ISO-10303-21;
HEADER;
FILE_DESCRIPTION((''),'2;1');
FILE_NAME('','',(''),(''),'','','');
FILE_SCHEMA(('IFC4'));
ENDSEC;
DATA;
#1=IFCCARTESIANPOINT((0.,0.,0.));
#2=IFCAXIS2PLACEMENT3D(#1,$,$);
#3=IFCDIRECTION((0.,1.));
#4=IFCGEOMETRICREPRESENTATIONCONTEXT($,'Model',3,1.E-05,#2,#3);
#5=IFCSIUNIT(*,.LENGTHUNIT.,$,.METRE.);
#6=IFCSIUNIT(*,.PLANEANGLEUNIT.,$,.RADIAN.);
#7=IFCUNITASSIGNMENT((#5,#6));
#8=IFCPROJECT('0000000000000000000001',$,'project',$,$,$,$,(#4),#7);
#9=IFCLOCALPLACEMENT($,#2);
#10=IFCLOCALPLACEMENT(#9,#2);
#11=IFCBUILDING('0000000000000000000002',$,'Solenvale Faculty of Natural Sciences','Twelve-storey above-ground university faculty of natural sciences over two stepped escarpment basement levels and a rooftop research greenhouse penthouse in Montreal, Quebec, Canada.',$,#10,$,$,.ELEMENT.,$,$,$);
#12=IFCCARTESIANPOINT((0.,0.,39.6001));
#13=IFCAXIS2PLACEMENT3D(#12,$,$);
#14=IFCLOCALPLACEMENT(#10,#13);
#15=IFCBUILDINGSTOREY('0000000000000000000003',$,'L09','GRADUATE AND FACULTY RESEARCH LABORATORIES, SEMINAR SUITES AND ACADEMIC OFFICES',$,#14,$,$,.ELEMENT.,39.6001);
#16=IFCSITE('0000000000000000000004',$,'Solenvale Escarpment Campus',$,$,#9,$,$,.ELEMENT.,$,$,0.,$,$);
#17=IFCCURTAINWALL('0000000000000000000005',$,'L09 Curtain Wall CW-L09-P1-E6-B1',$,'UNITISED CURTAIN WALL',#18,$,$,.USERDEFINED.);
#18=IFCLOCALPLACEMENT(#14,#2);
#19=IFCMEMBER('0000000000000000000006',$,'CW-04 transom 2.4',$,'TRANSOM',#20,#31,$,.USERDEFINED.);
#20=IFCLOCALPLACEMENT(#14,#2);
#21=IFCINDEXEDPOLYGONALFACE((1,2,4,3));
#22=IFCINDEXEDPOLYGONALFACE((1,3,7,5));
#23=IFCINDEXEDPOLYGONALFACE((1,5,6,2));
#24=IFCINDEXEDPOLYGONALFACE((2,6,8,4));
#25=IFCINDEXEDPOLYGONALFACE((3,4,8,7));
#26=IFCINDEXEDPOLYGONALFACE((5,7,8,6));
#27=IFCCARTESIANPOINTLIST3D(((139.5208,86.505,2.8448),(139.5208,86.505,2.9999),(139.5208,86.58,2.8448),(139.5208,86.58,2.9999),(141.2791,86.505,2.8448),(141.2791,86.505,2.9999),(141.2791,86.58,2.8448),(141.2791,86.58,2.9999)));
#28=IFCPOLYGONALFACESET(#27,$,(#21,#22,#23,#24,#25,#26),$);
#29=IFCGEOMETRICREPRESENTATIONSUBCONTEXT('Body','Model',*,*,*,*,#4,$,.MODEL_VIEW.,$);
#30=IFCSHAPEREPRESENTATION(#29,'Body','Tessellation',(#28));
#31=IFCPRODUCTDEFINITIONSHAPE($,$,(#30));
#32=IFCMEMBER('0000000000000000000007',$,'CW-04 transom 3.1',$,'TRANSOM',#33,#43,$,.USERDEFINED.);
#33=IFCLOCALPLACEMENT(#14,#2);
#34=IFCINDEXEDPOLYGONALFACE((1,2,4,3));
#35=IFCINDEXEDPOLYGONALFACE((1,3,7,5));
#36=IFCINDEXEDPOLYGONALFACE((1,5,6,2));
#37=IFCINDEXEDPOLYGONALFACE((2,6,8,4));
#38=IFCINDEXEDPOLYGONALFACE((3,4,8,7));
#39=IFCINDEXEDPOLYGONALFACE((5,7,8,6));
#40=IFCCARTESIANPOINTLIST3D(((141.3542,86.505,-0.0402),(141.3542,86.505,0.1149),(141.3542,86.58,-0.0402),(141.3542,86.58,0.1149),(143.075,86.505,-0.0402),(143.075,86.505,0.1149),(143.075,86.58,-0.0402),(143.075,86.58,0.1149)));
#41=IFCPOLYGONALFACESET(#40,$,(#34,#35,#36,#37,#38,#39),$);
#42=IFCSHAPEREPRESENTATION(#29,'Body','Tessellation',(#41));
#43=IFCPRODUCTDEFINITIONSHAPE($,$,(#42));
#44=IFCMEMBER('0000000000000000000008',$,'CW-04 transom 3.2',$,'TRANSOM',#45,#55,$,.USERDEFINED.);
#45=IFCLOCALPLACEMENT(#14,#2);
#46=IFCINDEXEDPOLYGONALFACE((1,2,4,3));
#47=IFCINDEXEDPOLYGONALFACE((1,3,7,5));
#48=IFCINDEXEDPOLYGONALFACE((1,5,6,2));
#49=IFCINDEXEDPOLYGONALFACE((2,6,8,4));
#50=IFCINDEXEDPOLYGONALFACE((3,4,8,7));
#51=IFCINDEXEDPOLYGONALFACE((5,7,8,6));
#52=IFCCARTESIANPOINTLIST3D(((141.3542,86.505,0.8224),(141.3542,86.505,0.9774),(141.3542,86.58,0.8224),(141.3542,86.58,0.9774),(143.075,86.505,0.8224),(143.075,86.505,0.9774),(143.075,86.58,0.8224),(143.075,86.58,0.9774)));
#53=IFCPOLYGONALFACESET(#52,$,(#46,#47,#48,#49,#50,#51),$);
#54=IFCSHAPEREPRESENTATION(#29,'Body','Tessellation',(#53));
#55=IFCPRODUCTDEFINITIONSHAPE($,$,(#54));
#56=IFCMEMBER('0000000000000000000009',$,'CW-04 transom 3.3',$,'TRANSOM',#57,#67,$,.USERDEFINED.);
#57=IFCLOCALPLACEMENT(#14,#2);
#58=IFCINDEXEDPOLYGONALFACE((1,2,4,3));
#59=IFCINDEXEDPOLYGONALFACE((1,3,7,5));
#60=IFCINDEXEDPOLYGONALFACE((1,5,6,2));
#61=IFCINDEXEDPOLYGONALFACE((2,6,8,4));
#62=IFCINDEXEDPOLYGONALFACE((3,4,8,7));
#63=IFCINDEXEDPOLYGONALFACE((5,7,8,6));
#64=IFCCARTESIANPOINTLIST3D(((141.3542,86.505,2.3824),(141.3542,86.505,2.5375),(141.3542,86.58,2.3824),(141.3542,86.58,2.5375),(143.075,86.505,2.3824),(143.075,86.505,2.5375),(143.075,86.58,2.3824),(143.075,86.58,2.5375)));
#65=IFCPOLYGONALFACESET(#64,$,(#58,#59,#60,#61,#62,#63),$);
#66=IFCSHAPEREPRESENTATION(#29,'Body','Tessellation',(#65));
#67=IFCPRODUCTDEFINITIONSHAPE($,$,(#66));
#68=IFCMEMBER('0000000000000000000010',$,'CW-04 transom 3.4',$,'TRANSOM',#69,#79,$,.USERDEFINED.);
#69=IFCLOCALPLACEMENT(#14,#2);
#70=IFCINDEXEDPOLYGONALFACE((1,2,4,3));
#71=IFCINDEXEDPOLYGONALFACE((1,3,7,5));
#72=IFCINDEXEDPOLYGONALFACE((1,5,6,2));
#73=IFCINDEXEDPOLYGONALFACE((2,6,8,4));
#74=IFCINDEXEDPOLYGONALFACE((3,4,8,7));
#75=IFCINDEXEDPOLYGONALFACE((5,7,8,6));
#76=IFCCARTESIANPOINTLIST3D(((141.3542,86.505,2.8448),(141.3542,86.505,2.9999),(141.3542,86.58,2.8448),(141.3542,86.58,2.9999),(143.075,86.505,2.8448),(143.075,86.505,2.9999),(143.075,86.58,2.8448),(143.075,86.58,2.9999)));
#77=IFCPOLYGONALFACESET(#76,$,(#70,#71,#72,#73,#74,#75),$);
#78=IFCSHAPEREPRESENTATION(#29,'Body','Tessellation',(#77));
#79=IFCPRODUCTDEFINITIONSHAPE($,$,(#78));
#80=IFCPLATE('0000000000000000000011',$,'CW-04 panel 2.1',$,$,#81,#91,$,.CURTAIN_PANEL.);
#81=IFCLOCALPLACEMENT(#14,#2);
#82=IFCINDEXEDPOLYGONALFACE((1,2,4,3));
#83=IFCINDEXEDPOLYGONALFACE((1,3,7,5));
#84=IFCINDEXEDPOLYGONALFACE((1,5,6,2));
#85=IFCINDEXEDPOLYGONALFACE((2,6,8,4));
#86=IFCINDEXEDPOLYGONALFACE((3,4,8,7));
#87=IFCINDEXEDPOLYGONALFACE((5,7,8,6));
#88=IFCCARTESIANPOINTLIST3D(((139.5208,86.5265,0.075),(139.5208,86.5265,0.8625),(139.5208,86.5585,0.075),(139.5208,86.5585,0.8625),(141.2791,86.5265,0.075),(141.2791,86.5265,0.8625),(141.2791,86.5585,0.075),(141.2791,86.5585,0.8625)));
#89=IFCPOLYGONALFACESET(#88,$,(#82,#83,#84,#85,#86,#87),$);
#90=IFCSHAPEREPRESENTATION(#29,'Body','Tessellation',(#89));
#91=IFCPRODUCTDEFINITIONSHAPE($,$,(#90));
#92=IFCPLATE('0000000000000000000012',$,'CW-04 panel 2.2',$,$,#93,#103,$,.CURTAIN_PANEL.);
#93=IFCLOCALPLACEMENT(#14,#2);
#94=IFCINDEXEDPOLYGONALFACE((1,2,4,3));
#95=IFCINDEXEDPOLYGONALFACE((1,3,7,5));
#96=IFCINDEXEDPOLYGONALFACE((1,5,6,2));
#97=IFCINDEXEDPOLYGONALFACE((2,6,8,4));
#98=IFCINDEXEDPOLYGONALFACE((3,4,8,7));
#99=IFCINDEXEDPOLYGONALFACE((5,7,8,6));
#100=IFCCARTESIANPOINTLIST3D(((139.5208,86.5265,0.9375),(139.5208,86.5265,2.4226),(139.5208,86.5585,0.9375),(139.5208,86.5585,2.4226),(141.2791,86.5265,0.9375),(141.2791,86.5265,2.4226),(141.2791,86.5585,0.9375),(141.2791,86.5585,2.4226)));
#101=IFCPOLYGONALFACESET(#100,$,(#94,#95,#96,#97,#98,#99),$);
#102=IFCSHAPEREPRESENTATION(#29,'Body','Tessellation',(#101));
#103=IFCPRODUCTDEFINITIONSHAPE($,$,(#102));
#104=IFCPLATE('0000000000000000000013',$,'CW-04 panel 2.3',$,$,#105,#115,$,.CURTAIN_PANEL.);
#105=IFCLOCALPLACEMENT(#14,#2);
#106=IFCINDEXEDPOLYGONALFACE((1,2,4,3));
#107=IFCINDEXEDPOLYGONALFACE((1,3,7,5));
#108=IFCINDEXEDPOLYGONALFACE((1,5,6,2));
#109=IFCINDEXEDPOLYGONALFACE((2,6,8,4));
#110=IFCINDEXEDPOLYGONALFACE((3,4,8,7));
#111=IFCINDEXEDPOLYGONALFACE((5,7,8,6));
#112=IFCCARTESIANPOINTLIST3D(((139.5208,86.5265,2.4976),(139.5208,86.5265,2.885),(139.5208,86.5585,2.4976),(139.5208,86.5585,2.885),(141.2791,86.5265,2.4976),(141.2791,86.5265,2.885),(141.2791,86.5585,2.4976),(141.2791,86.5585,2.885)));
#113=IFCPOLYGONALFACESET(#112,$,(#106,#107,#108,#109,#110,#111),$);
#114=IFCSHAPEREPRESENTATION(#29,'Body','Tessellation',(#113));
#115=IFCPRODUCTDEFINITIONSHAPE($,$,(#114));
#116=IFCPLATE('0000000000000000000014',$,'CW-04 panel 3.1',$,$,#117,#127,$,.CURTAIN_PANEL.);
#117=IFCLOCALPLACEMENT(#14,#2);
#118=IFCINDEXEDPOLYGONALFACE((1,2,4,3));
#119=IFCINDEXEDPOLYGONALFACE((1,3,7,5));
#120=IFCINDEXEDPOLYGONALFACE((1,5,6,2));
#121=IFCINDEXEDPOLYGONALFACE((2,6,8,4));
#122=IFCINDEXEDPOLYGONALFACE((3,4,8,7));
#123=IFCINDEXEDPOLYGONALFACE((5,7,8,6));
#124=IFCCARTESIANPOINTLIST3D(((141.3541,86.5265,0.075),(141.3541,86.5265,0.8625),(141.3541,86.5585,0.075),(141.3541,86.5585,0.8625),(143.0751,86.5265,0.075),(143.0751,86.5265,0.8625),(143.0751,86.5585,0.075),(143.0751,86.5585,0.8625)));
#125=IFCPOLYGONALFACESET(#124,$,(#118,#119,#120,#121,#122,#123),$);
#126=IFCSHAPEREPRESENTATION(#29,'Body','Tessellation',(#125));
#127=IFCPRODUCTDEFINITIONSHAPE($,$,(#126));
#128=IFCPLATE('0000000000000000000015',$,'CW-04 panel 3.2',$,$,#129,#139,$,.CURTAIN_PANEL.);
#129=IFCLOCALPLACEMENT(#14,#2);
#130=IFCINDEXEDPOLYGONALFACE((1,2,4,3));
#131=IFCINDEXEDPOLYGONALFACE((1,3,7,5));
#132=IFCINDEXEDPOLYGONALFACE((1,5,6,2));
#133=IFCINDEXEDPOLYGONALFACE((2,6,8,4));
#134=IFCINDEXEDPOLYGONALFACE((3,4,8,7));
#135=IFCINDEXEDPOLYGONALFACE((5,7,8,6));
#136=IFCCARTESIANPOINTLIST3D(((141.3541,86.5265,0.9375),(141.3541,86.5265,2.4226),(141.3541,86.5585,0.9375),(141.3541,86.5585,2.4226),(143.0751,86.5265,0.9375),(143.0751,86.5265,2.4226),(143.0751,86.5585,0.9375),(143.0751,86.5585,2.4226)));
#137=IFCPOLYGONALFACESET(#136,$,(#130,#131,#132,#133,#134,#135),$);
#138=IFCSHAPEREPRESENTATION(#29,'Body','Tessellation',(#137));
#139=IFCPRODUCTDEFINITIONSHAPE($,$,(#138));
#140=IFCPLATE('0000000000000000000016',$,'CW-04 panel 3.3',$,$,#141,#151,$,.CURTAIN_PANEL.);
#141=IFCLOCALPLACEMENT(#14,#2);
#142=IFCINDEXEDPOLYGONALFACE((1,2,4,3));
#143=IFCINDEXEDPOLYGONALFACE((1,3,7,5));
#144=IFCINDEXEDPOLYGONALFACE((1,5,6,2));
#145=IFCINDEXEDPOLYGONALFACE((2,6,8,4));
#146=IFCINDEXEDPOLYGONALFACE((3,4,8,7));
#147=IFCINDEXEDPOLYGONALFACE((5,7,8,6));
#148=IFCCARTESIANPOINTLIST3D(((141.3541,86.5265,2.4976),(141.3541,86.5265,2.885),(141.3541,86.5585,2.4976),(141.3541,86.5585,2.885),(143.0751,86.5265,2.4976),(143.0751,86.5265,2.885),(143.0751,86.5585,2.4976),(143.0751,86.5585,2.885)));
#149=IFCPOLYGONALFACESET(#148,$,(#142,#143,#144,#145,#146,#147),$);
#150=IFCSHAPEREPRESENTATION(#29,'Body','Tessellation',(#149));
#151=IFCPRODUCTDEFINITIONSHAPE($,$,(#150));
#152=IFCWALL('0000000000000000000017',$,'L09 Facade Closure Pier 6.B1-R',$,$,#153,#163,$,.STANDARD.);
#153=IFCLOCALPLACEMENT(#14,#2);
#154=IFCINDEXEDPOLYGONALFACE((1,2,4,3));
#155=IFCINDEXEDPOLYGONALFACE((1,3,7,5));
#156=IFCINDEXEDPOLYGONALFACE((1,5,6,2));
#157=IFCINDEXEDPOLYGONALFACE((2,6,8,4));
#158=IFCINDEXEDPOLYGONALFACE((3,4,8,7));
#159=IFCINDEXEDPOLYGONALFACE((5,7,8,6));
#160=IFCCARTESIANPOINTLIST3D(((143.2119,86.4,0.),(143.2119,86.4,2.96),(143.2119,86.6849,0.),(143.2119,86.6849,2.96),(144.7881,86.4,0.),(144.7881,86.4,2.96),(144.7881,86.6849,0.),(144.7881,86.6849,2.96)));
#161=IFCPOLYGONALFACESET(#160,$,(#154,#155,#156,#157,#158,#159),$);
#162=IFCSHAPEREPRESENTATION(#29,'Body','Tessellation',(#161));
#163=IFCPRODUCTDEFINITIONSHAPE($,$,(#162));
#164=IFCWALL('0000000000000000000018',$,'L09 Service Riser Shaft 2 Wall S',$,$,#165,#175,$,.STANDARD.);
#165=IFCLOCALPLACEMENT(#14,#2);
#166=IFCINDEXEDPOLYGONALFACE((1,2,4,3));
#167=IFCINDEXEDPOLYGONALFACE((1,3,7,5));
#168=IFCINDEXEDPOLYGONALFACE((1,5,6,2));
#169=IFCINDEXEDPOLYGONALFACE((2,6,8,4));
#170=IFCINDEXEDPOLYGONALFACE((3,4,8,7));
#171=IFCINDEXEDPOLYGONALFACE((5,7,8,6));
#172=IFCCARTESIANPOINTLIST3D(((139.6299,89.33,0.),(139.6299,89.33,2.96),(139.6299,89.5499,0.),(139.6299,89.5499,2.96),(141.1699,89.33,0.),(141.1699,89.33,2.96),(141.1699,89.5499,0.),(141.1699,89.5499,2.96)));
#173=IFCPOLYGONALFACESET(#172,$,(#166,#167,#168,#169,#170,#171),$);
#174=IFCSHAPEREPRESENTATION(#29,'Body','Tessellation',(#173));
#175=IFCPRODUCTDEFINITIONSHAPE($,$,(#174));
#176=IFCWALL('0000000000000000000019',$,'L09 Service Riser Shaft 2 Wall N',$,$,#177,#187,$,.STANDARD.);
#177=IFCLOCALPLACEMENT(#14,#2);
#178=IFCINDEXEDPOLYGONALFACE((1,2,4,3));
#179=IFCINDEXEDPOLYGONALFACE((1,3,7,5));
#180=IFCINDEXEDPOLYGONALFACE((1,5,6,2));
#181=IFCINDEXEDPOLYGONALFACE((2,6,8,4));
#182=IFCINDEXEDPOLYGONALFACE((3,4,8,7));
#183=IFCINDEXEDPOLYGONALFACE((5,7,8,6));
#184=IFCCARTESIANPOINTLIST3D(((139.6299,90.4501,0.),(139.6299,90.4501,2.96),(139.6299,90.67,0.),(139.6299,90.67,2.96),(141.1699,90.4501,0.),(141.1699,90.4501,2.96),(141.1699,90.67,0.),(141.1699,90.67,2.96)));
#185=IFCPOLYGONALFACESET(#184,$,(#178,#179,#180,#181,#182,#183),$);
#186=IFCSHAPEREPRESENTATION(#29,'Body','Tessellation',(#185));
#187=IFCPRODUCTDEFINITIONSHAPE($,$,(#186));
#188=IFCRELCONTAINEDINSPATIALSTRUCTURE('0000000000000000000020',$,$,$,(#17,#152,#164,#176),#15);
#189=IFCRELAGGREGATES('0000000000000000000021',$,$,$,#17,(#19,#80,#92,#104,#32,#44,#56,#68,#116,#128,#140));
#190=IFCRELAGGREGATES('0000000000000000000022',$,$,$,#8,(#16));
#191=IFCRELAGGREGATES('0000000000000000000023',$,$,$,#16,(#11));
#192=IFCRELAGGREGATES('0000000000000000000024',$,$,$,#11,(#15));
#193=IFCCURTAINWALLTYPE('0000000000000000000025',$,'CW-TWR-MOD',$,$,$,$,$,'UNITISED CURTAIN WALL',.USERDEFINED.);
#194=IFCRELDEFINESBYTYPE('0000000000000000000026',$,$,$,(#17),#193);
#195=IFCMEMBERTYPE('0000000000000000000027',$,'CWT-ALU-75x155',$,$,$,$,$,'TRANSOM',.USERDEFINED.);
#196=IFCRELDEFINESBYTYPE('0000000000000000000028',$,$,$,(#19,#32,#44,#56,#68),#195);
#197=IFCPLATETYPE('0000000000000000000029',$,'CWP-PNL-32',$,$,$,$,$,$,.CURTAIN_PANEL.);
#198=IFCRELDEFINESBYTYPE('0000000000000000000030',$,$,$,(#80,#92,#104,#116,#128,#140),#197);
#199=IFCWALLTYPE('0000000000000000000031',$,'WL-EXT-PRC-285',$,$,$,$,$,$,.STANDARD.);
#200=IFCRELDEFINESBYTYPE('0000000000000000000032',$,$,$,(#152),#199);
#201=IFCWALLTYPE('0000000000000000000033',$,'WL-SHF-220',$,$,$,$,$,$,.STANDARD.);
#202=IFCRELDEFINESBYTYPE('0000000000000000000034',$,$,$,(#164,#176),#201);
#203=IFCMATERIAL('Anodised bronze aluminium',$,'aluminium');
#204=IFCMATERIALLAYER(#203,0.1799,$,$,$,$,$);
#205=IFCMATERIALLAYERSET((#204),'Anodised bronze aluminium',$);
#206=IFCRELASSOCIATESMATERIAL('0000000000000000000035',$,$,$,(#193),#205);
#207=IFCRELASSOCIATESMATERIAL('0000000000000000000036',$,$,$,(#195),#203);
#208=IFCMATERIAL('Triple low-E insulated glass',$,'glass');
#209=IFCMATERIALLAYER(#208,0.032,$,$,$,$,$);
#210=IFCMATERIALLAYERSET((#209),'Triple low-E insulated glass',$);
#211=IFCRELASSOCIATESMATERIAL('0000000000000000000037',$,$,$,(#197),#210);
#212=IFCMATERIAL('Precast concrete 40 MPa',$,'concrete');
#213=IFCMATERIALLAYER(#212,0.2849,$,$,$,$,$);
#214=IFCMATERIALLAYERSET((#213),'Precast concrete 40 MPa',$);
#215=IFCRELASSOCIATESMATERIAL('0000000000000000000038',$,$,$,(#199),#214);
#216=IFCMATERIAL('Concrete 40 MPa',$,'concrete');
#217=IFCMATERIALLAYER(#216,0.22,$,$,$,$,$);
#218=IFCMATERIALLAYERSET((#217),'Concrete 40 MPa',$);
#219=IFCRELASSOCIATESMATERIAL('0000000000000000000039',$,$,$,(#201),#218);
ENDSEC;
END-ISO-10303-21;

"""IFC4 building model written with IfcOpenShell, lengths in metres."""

from ifc_helpers import new_model, si_unit, direction, frame, frame_2d, origin, origin_2d, place, context, subcontext, project, spatial, rectangle, extrude, material, layer, layer_set, material_profile, profile_set, type_object, element, aggregate, save


model = new_model("IFC4")

# Units and contexts
model_context = context("Model", 3, precision=1e-05, world=origin(), true_north=direction((0.0, 1.0)))
body_context = subcontext(model_context, "Body", "Model", "MODEL_VIEW")
ifc_project = project(units=[si_unit("LENGTHUNIT", "METRE"), si_unit("PLANEANGLEUNIT", "RADIAN")], contexts=[model_context])

# Site, building, storey
site_placement = place(None, origin())
site = spatial("IfcSite", under=ifc_project, at=site_placement, Name="Solenvale Escarpment Campus", CompositionType="ELEMENT", RefElevation=0.0)
building_placement = place(site_placement, origin())
building = spatial("IfcBuilding", under=site, at=building_placement, Name="Solenvale Faculty of Natural Sciences", Description="Twelve-storey above-ground university faculty of natural sciences over two stepped escarpment basement levels and a rooftop research greenhouse penthouse in Montreal, Quebec, Canada.", CompositionType="ELEMENT")
storey_placement = place(building_placement, frame((0.0, 0.0, 39.6001)))
storey = spatial("IfcBuildingStorey", under=building, at=storey_placement, Name="L09", Description="GRADUATE AND FACULTY RESEARCH LABORATORIES, SEMINAR SUITES AND ACADEMIC OFFICES", CompositionType="ELEMENT", Elevation=39.6001)

# Shared definitions
ifc_material_1 = material(Name="Concrete 40 MPa", Category="concrete")

# Curtain wall, members, plates
ifc_material_2 = material(Name="Anodised bronze aluminium", Category="aluminium")
ifc_layer_1 = layer(ifc_material_2, 0.1799)
ifc_layer_set_1 = layer_set([ifc_layer_1], Name="Anodised bronze aluminium")
curtain_wall_type = type_object("IfcCurtainWallType", Name="CW-TWR-MOD", ElementType="UNITISED CURTAIN WALL", PredefinedType="USERDEFINED", material=ifc_layer_set_1)
curtain_wall_placement = place(storey_placement, origin())
curtain_wall = element("IfcCurtainWall", 1, at=curtain_wall_placement, inside=storey, type_object=curtain_wall_type, Name="L09 Curtain Wall CW-L09-P1-E6-B1", ObjectType="UNITISED CURTAIN WALL", PredefinedType="USERDEFINED")
ifc_material_profile_1 = material_profile(ifc_material_2, rectangle(XDim=0.075, YDim=0.155, at=origin_2d()), Name="ALU-TRN-75x155")
ifc_profile_set_1 = profile_set([ifc_material_profile_1], Name="Anodised bronze aluminium")
member_type_1 = type_object("IfcMemberType", Name="CWT-ALU-75x155", ElementType="TRANSOM", PredefinedType="USERDEFINED", material=ifc_profile_set_1)
member_1_placement = place(storey_placement, frame((139.5208, 86.5425, 2.9224), z_axis=(1.0, 0.0, 0.0), x_axis=(0.0, 1.0, 0.0)))
member_1 = element("IfcMember", 2, at=member_1_placement, type_object=member_type_1, Name="CW-04 transom 2.4", ObjectType="TRANSOM", PredefinedType="USERDEFINED", context=body_context, shape_type="SweptSolid", body=[
    extrude(rectangle(XDim=0.075, YDim=0.155, at=origin_2d()), origin(), (0.0, 0.0, 1.0), 1.7583),
])
member_2_placement = place(storey_placement, frame((141.3542, 86.5425, 0.0374), z_axis=(1.0, 0.0, 0.0), x_axis=(0.0, 1.0, 0.0)))
member_2 = element("IfcMember", 3, at=member_2_placement, type_object=member_type_1, Name="CW-04 transom 3.1", ObjectType="TRANSOM", PredefinedType="USERDEFINED", context=body_context, shape_type="SweptSolid", body=[
    extrude(rectangle(XDim=0.075, YDim=0.155, at=origin_2d()), origin(), (0.0, 0.0, 1.0), 1.7207),
])
member_3_placement = place(storey_placement, frame((141.3542, 86.5425, 0.8999), z_axis=(1.0, 0.0, 0.0), x_axis=(0.0, 1.0, 0.0)))
member_3 = element("IfcMember", 4, at=member_3_placement, type_object=member_type_1, Name="CW-04 transom 3.2", ObjectType="TRANSOM", PredefinedType="USERDEFINED", context=body_context, shape_type="SweptSolid", body=[
    extrude(rectangle(XDim=0.075, YDim=0.155, at=origin_2d()), origin(), (0.0, 0.0, 1.0), 1.7207),
])
member_4_placement = place(storey_placement, frame((141.3542, 86.5425, 2.46), z_axis=(1.0, 0.0, 0.0), x_axis=(0.0, 1.0, 0.0)))
member_4 = element("IfcMember", 5, at=member_4_placement, type_object=member_type_1, Name="CW-04 transom 3.3", ObjectType="TRANSOM", PredefinedType="USERDEFINED", context=body_context, shape_type="SweptSolid", body=[
    extrude(rectangle(XDim=0.075, YDim=0.155, at=origin_2d()), origin(), (0.0, 0.0, 1.0), 1.7207),
])
member_5_placement = place(storey_placement, frame((141.3542, 86.5425, 2.9224), z_axis=(1.0, 0.0, 0.0), x_axis=(0.0, 1.0, 0.0)))
member_5 = element("IfcMember", 6, at=member_5_placement, type_object=member_type_1, Name="CW-04 transom 3.4", ObjectType="TRANSOM", PredefinedType="USERDEFINED", context=body_context, shape_type="SweptSolid", body=[
    extrude(rectangle(XDim=0.075, YDim=0.155, at=origin_2d()), origin(), (0.0, 0.0, 1.0), 1.7207),
])
ifc_material_3 = material(Name="Triple low-E insulated glass", Category="glass")
ifc_layer_2 = layer(ifc_material_3, 0.032)
ifc_layer_set_2 = layer_set([ifc_layer_2], Name="Triple low-E insulated glass")
plate_type = type_object("IfcPlateType", Name="CWP-PNL-32", PredefinedType="CURTAIN_PANEL", material=ifc_layer_set_2)
plate_1_placement = place(storey_placement, frame((140.3999, 86.5425, 0.075), z_axis=(0.0, 0.0, 1.0), x_axis=(1.0, 0.0, 0.0)))
plate_1 = element("IfcPlate", 7, at=plate_1_placement, type_object=plate_type, Name="CW-04 panel 2.1", PredefinedType="CURTAIN_PANEL", context=body_context, shape_type="SweptSolid", body=[
    extrude(rectangle(XDim=1.7583, YDim=0.032, at=origin_2d()), origin(), (0.0, 0.0, 1.0), 0.7876),
])
plate_2_placement = place(storey_placement, frame((140.3999, 86.5425, 0.9375), z_axis=(0.0, 0.0, 1.0), x_axis=(1.0, 0.0, 0.0)))
plate_2 = element("IfcPlate", 8, at=plate_2_placement, type_object=plate_type, Name="CW-04 panel 2.2", PredefinedType="CURTAIN_PANEL", context=body_context, shape_type="SweptSolid", body=[
    extrude(rectangle(XDim=1.7583, YDim=0.032, at=origin_2d()), origin(), (0.0, 0.0, 1.0), 1.4851),
])
plate_3_placement = place(storey_placement, frame((140.3999, 86.5425, 2.4976), z_axis=(0.0, 0.0, 1.0), x_axis=(1.0, 0.0, 0.0)))
plate_3 = element("IfcPlate", 9, at=plate_3_placement, type_object=plate_type, Name="CW-04 panel 2.3", PredefinedType="CURTAIN_PANEL", context=body_context, shape_type="SweptSolid", body=[
    extrude(rectangle(XDim=1.7583, YDim=0.032, at=origin_2d()), origin(), (0.0, 0.0, 1.0), 0.3875),
])
plate_4_placement = place(storey_placement, frame((142.2146, 86.5425, 0.075), z_axis=(0.0, 0.0, 1.0), x_axis=(1.0, 0.0, 0.0)))
plate_4 = element("IfcPlate", 10, at=plate_4_placement, type_object=plate_type, Name="CW-04 panel 3.1", PredefinedType="CURTAIN_PANEL", context=body_context, shape_type="SweptSolid", body=[
    extrude(rectangle(XDim=1.7209, YDim=0.032, at=origin_2d()), origin(), (0.0, 0.0, 1.0), 0.7876),
])
plate_5_placement = place(storey_placement, frame((142.2146, 86.5425, 0.9375), z_axis=(0.0, 0.0, 1.0), x_axis=(1.0, 0.0, 0.0)))
plate_5 = element("IfcPlate", 11, at=plate_5_placement, type_object=plate_type, Name="CW-04 panel 3.2", PredefinedType="CURTAIN_PANEL", context=body_context, shape_type="SweptSolid", body=[
    extrude(rectangle(XDim=1.7209, YDim=0.032, at=origin_2d()), origin(), (0.0, 0.0, 1.0), 1.4851),
])
plate_6_placement = place(storey_placement, frame((142.2146, 86.5425, 2.4976), z_axis=(0.0, 0.0, 1.0), x_axis=(1.0, 0.0, 0.0)))
plate_6 = element("IfcPlate", 12, at=plate_6_placement, type_object=plate_type, Name="CW-04 panel 3.3", PredefinedType="CURTAIN_PANEL", context=body_context, shape_type="SweptSolid", body=[
    extrude(rectangle(XDim=1.7209, YDim=0.032, at=origin_2d()), origin(), (0.0, 0.0, 1.0), 0.3875),
])
aggregate(curtain_wall, [member_1, plate_1, plate_2, plate_3, member_2, member_3, member_4, member_5, plate_4, plate_5, plate_6])

# Walls
ifc_material_4 = material(Name="Precast concrete 40 MPa", Category="concrete")
ifc_layer_3 = layer(ifc_material_4, 0.2849)
ifc_layer_set_3 = layer_set([ifc_layer_3], Name="Precast concrete 40 MPa")
wall_type_1 = type_object("IfcWallType", Name="WL-EXT-PRC-285", PredefinedType="STANDARD", material=ifc_layer_set_3)
wall_1_placement = place(storey_placement, frame((143.2119, 86.5425, 0.0), z_axis=(0.0, 0.0, 1.0), x_axis=(1.0, 0.0, 0.0)))
element("IfcWall", 13, at=wall_1_placement, inside=storey, type_object=wall_type_1, Name="L09 Facade Closure Pier 6.B1-R", PredefinedType="STANDARD", context=body_context, shape_type="SweptSolid", body=[
    extrude(rectangle(XDim=1.5762, YDim=0.2849, at=frame_2d((0.7881, 0.0))), origin(), (0.0, 0.0, 1.0), 2.96),
])
ifc_layer_4 = layer(ifc_material_1, 0.22)
ifc_layer_set_4 = layer_set([ifc_layer_4], Name="Concrete 40 MPa")
wall_type_2 = type_object("IfcWallType", Name="WL-SHF-220", PredefinedType="STANDARD", material=ifc_layer_set_4)
for number, where, z_axis, x_axis, name in (
    (14, (139.6299, 89.4399, 0.0), (0.0, 0.0, 1.0), (1.0, 0.0, 0.0), "L09 Service Riser Shaft 2 Wall S"),
    (15, (139.6299, 90.5601, 0.0), (0.0, 0.0, 1.0), (1.0, 0.0, 0.0), "L09 Service Riser Shaft 2 Wall N"),
):
    element("IfcWall", number, at=place(storey_placement, frame(where, z_axis=z_axis, x_axis=x_axis)), inside=storey, type_object=wall_type_2, Name=name, PredefinedType="STANDARD", context=body_context, shape_type="SweptSolid", body=[
        extrude(rectangle(XDim=1.54, YDim=0.22, at=frame_2d((0.77, 0.0))), origin(), (0.0, 0.0, 1.0), 2.96),
    ])

save(model, "model.ifc")
